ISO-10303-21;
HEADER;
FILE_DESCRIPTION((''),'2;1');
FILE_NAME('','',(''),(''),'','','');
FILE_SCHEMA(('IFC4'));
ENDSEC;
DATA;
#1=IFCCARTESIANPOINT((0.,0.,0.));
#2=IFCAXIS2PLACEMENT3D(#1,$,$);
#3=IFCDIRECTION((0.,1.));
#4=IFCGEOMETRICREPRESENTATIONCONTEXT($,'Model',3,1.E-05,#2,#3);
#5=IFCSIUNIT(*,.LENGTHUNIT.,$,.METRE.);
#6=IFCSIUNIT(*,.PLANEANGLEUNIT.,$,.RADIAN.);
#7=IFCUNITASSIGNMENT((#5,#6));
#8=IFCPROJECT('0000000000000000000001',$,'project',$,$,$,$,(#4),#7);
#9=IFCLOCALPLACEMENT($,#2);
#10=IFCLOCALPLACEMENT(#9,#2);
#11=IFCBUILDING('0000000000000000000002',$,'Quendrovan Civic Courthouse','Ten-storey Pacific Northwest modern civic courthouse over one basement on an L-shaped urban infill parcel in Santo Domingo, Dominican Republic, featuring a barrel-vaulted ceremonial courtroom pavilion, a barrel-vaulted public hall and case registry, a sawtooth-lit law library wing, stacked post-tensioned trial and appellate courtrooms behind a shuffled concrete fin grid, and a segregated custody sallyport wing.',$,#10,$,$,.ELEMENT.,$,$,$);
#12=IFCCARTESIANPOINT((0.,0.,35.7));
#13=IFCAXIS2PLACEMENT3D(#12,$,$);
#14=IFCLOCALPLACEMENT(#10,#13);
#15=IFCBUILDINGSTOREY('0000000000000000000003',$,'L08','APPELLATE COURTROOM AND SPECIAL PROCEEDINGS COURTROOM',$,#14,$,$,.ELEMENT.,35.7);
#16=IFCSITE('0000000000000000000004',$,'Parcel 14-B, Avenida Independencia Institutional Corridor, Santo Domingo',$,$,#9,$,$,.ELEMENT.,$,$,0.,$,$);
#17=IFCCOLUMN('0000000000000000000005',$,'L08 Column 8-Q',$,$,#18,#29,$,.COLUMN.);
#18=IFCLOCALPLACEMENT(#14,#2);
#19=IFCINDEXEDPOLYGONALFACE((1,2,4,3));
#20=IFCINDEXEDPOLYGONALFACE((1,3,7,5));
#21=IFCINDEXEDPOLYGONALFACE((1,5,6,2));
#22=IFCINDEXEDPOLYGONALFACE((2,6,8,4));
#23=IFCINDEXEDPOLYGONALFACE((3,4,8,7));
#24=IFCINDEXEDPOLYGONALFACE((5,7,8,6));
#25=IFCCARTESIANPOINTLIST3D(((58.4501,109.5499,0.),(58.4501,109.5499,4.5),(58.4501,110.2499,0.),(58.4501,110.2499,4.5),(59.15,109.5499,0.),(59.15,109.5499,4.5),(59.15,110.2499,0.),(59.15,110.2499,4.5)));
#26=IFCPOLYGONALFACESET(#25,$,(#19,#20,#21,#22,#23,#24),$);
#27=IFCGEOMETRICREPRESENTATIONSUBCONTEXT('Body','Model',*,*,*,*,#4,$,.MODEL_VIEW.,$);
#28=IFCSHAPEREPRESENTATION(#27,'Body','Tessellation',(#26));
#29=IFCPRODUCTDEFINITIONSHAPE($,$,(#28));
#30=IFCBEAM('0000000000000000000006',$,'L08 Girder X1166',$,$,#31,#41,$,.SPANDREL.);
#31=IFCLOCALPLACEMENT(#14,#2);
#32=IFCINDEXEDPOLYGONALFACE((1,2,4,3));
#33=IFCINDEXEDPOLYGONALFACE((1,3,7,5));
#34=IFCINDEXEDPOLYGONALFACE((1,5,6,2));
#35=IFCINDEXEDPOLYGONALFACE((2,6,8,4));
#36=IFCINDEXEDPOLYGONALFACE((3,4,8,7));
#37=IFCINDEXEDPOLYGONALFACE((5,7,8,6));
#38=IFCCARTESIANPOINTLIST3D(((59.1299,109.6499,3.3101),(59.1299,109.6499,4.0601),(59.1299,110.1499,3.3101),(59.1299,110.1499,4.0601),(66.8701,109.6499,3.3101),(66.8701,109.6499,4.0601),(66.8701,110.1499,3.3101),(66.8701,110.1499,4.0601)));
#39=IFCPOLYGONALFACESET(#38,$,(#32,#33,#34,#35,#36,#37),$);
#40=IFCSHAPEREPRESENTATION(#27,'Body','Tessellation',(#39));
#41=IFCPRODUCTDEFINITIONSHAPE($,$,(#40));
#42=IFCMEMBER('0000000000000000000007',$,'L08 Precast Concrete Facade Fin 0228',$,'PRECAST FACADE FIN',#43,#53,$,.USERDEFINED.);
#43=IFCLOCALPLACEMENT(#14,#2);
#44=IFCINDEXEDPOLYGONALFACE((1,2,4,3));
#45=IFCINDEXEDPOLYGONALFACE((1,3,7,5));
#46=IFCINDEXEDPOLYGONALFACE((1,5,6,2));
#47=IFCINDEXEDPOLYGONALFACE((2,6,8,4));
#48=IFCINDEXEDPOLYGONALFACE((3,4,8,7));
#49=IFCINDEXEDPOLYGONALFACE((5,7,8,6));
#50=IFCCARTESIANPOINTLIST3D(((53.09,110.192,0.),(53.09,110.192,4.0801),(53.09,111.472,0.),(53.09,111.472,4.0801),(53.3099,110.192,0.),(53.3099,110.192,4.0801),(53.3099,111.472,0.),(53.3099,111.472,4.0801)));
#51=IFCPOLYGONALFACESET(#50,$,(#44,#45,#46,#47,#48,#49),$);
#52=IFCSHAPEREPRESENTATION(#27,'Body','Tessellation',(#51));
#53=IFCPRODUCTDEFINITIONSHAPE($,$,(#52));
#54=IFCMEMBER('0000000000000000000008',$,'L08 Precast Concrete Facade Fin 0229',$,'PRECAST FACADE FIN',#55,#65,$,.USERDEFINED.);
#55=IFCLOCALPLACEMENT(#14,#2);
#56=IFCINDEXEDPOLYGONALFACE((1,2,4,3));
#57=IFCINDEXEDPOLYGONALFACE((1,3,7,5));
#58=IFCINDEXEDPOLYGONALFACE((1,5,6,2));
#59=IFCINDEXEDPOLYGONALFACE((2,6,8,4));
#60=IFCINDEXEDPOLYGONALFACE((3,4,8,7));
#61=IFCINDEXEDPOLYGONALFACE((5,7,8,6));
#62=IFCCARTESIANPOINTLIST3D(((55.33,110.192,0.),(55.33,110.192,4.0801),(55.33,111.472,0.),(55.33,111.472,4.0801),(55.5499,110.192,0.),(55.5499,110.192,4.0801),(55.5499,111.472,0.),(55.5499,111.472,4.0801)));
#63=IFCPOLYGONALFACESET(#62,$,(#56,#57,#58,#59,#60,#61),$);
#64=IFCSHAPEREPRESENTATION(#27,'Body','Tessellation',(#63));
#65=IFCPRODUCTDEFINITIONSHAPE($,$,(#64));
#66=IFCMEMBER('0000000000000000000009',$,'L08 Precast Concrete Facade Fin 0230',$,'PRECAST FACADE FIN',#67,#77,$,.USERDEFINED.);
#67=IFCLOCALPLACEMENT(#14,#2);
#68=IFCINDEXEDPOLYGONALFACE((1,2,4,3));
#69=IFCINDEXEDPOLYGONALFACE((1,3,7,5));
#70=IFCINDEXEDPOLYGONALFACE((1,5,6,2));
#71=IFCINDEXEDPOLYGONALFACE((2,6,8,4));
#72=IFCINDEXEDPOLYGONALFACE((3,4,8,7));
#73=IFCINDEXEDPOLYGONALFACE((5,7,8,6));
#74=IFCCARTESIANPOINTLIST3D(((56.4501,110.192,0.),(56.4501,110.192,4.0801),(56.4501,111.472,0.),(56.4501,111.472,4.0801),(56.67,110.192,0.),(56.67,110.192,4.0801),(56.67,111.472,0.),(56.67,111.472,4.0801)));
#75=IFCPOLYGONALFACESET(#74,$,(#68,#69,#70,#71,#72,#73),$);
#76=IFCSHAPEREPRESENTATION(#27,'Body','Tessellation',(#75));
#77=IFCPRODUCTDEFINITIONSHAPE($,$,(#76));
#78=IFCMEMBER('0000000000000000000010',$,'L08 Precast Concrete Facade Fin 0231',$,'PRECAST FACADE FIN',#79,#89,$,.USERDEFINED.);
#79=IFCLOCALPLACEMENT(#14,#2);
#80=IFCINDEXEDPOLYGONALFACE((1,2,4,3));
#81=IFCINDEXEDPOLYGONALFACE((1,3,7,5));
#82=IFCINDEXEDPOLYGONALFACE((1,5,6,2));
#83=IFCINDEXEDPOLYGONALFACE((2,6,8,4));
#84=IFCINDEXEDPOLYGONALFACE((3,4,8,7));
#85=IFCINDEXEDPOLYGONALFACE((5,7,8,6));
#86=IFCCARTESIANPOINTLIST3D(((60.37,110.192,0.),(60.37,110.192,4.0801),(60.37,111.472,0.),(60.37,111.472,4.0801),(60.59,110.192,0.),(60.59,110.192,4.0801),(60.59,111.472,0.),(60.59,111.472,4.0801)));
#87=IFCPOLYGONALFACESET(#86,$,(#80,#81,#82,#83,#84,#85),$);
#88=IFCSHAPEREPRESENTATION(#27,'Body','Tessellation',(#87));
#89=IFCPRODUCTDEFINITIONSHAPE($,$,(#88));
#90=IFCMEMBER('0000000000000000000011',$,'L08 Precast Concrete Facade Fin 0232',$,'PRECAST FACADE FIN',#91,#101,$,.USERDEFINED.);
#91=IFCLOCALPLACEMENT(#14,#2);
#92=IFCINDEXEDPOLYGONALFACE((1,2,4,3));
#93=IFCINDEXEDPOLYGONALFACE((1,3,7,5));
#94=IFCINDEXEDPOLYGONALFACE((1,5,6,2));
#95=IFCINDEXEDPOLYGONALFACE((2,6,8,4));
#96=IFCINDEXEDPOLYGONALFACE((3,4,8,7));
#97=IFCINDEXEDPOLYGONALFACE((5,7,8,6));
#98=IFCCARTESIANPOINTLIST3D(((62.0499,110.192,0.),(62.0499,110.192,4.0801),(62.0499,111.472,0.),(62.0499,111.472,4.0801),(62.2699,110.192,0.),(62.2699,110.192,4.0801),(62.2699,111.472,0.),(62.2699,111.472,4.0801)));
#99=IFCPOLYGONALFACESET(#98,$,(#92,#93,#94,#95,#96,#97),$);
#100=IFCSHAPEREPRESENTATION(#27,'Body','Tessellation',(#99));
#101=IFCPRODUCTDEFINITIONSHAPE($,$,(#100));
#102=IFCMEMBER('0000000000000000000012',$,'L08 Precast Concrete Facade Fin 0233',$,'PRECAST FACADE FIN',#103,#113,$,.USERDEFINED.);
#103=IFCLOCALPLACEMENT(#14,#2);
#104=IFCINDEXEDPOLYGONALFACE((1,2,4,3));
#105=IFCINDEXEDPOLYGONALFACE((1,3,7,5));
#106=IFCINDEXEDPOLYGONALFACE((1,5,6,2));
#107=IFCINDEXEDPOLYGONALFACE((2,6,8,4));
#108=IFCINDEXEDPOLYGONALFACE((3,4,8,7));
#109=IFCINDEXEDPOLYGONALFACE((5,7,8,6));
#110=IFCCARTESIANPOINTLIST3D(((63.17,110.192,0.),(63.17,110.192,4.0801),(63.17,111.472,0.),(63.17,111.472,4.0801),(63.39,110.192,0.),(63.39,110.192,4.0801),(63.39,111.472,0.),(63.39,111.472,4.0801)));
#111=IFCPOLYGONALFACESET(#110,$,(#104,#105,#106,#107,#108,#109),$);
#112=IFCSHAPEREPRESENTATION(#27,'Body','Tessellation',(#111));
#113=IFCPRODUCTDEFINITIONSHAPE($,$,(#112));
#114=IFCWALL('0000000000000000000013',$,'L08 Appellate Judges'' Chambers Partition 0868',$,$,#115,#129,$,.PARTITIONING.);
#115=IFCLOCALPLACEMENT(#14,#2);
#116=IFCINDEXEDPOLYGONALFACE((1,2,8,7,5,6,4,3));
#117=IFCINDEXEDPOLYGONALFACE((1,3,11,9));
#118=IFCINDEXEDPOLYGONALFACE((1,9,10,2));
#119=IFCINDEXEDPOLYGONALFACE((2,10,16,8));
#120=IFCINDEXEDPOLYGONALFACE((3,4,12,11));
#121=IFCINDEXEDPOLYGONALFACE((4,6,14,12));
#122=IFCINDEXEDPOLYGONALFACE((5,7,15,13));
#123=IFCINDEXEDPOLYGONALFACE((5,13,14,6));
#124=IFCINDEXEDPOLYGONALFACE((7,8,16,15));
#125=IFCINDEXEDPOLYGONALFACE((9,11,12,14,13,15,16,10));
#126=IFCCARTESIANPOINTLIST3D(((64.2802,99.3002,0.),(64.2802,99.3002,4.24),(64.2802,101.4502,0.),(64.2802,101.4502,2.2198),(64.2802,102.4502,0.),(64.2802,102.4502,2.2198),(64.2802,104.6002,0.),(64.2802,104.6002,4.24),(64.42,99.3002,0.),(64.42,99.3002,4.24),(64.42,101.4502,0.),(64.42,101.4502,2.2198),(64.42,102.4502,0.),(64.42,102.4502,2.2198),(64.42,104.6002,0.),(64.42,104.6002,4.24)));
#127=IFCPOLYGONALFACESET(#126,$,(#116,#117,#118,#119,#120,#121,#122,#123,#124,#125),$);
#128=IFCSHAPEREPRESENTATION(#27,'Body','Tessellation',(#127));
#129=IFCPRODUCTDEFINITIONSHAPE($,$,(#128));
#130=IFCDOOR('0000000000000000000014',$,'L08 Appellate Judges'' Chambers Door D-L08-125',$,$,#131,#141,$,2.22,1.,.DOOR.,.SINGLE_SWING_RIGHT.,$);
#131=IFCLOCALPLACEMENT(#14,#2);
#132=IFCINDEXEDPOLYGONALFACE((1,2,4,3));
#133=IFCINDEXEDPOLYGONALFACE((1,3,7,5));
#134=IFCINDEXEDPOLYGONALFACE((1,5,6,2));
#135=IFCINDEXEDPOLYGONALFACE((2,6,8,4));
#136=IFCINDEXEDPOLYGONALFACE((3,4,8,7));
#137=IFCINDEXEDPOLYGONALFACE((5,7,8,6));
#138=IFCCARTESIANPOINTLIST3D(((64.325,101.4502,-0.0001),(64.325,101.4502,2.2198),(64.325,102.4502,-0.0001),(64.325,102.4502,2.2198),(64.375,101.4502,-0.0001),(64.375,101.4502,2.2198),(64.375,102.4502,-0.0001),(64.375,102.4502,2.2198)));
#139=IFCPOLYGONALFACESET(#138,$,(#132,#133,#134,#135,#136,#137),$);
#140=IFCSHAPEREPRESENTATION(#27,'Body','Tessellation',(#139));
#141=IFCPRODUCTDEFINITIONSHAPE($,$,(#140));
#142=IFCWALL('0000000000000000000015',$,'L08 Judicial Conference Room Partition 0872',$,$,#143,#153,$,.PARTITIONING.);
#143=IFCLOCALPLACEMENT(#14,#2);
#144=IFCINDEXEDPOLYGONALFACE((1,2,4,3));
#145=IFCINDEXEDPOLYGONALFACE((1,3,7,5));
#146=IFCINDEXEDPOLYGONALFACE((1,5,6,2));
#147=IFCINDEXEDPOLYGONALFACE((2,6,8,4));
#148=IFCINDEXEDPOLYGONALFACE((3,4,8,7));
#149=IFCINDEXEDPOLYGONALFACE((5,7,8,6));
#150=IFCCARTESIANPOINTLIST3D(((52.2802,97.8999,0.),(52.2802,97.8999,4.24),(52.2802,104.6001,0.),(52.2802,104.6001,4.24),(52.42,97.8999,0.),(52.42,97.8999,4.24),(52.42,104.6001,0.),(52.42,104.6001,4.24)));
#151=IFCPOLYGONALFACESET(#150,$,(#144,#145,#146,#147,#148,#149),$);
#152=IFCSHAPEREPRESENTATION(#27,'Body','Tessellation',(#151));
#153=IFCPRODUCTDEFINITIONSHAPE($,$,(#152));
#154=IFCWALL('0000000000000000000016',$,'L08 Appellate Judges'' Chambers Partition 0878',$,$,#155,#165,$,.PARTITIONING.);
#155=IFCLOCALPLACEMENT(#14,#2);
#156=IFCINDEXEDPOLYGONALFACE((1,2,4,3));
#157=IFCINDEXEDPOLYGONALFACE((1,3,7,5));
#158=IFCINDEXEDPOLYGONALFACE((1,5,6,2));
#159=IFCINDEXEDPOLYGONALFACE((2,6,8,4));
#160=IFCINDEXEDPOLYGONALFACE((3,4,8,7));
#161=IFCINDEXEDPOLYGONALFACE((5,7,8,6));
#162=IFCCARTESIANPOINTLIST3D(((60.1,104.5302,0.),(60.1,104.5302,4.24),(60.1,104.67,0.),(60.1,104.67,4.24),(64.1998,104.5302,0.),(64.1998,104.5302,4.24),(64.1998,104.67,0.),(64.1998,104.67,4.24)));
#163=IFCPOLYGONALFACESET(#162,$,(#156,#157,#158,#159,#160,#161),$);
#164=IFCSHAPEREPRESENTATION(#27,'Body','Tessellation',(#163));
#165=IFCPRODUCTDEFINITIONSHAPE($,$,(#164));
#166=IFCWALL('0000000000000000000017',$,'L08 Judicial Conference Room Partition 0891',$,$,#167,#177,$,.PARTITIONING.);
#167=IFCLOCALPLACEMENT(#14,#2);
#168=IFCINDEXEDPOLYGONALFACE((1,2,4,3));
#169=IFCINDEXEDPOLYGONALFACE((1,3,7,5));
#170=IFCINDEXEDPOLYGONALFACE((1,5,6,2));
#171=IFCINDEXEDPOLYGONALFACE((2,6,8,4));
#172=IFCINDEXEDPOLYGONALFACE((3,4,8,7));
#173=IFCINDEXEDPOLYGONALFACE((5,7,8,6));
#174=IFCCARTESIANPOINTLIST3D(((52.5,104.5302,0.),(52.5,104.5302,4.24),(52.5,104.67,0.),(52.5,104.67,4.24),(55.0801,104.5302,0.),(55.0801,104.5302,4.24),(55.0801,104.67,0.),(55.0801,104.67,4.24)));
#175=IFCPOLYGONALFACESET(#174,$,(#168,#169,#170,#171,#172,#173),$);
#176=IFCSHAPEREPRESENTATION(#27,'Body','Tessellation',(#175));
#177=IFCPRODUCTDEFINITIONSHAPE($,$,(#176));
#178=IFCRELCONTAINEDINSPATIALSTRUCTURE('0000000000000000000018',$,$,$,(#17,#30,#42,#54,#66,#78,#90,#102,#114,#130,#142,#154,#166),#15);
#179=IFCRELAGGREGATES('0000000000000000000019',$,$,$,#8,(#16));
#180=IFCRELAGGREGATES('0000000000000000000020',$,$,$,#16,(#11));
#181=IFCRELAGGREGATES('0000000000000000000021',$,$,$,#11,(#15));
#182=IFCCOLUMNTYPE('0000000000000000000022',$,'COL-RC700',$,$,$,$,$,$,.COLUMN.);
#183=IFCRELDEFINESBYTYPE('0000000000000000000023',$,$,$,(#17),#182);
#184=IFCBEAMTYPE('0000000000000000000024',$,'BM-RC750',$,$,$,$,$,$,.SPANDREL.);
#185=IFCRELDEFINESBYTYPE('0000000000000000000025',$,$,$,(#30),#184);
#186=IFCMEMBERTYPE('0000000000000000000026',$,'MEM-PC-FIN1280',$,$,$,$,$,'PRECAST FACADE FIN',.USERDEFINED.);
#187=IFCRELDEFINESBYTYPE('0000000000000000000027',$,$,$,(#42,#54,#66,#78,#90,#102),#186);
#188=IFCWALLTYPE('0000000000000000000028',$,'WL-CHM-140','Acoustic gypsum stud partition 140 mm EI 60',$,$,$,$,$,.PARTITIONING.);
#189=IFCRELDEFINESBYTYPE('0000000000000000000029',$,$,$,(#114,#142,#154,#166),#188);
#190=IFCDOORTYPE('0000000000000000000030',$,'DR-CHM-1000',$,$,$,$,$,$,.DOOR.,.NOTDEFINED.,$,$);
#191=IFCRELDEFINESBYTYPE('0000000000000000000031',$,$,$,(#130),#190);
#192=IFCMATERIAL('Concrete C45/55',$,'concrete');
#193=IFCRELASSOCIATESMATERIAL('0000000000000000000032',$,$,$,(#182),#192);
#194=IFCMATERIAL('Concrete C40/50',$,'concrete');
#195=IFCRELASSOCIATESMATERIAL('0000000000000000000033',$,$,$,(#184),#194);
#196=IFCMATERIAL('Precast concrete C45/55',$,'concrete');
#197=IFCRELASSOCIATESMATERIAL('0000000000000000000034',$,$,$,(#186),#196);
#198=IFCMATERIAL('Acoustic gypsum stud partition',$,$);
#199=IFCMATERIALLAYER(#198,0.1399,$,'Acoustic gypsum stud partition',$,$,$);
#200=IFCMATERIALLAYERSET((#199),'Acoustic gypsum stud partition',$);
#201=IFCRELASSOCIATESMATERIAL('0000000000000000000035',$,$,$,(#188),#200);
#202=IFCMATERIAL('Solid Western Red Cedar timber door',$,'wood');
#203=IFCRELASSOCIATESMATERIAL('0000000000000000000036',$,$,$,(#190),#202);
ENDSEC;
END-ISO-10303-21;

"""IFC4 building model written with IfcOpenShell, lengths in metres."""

from ifc_helpers import new_model, si_unit, direction, frame, frame_2d, origin, origin_2d, place, context, subcontext, project, spatial, rectangle, extrude, material, layer, layer_set, material_profile, profile_set, type_object, element, fill, save


model = new_model("IFC4")

# Units and contexts
model_context = context("Model", 3, precision=1e-05, world=origin(), true_north=direction((0.0, 1.0)))
body_context = subcontext(model_context, "Body", "Model", "MODEL_VIEW")
ifc_project = project(units=[si_unit("LENGTHUNIT", "METRE"), si_unit("PLANEANGLEUNIT", "RADIAN")], contexts=[model_context])

# Site, building, storey
site_placement = place(None, origin())
site = spatial("IfcSite", under=ifc_project, at=site_placement, Name="Parcel 14-B, Avenida Independencia Institutional Corridor, Santo Domingo", CompositionType="ELEMENT", RefElevation=0.0)
building_placement = place(site_placement, origin())
building = spatial("IfcBuilding", under=site, at=building_placement, Name="Quendrovan Civic Courthouse", Description="Ten-storey Pacific Northwest modern civic courthouse over one basement on an L-shaped urban infill parcel in Santo Domingo, Dominican Republic, featuring a barrel-vaulted ceremonial courtroom pavilion, a barrel-vaulted public hall and case registry, a sawtooth-lit law library wing, stacked post-tensioned trial and appellate courtrooms behind a shuffled concrete fin grid, and a segregated custody sallyport wing.", CompositionType="ELEMENT")
storey_placement = place(building_placement, frame((0.0, 0.0, 35.7)))
storey = spatial("IfcBuildingStorey", under=building, at=storey_placement, Name="L08", Description="APPELLATE COURTROOM AND SPECIAL PROCEEDINGS COURTROOM", CompositionType="ELEMENT", Elevation=35.7)

# Column
ifc_material_1 = material(Name="Concrete C45/55", Category="concrete")
ifc_material_profile_1 = material_profile(ifc_material_1, rectangle(XDim=0.7, YDim=0.7, at=origin_2d()), Name="RC-COL-700x700")
ifc_profile_set_1 = profile_set([ifc_material_profile_1], Name="Concrete C45/55")
column_type = type_object("IfcColumnType", Name="COL-RC700", PredefinedType="COLUMN", material=ifc_profile_set_1)
column_placement = place(storey_placement, frame((58.8, 109.8999, 0.0), z_axis=(0.0, 0.0, 1.0), x_axis=(1.0, 0.0, 0.0)))
element("IfcColumn", 1, at=column_placement, inside=storey, type_object=column_type, Name="L08 Column 8-Q", PredefinedType="COLUMN", context=body_context, shape_type="SweptSolid", body=[
    extrude(rectangle(XDim=0.7, YDim=0.7, at=origin_2d()), origin(), (0.0, 0.0, 1.0), 4.5),
])

# Beam
ifc_material_2 = material(Name="Concrete C40/50", Category="concrete")
ifc_material_profile_2 = material_profile(ifc_material_2, rectangle(XDim=0.5, YDim=0.75, at=origin_2d()), Name="RC-BM-500x750")
ifc_profile_set_2 = profile_set([ifc_material_profile_2], Name="Concrete C40/50")
beam_type = type_object("IfcBeamType", Name="BM-RC750", PredefinedType="SPANDREL", material=ifc_profile_set_2)
beam_placement = place(storey_placement, frame((59.1299, 109.8999, 3.6851), z_axis=(1.0, 0.0, 0.0), x_axis=(0.0, 1.0, 0.0)))
element("IfcBeam", 2, at=beam_placement, inside=storey, type_object=beam_type, Name="L08 Girder X1166", PredefinedType="SPANDREL", context=body_context, shape_type="SweptSolid", body=[
    extrude(rectangle(XDim=0.5, YDim=0.75, at=origin_2d()), origin(), (0.0, 0.0, 1.0), 7.7402),
])

# Members
ifc_material_3 = material(Name="Precast concrete C45/55", Category="concrete")
ifc_material_profile_3 = material_profile(ifc_material_3, rectangle(XDim=0.22, YDim=1.28, at=origin_2d()), Name="PC-FIN-220x1280")
ifc_profile_set_3 = profile_set([ifc_material_profile_3], Name="Precast concrete C45/55")
member_type = type_object("IfcMemberType", Name="MEM-PC-FIN1280", ElementType="PRECAST FACADE FIN", PredefinedType="USERDEFINED", material=ifc_profile_set_3)
for number, where, z_axis, x_axis, name in (
    (3, (53.2, 110.832, 0.0), (0.0, 0.0, 1.0), (1.0, 0.0, 0.0), "L08 Precast Concrete Facade Fin 0228"),
    (4, (55.4399, 110.832, 0.0), (0.0, 0.0, 1.0), (1.0, 0.0, 0.0), "L08 Precast Concrete Facade Fin 0229"),
    (5, (56.5601, 110.832, 0.0), (0.0, 0.0, 1.0), (1.0, 0.0, 0.0), "L08 Precast Concrete Facade Fin 0230"),
    (6, (60.48, 110.832, 0.0), (0.0, 0.0, 1.0), (1.0, 0.0, 0.0), "L08 Precast Concrete Facade Fin 0231"),
    (7, (62.1599, 110.832, 0.0), (0.0, 0.0, 1.0), (1.0, 0.0, 0.0), "L08 Precast Concrete Facade Fin 0232"),
    (8, (63.28, 110.832, 0.0), (0.0, 0.0, 1.0), (1.0, 0.0, 0.0), "L08 Precast Concrete Facade Fin 0233"),
):
    element("IfcMember", number, at=place(storey_placement, frame(where, z_axis=z_axis, x_axis=x_axis)), inside=storey, type_object=member_type, Name=name, ObjectType="PRECAST FACADE FIN", PredefinedType="USERDEFINED", context=body_context, shape_type="SweptSolid", body=[
        extrude(rectangle(XDim=0.22, YDim=1.28, at=origin_2d()), origin(), (0.0, 0.0, 1.0), 4.0801),
    ])

# Wall, opening, door
ifc_material_4 = material(Name="Acoustic gypsum stud partition")
ifc_layer_1 = layer(ifc_material_4, 0.1399, Name="Acoustic gypsum stud partition")
ifc_layer_set_1 = layer_set([ifc_layer_1], Name="Acoustic gypsum stud partition")
wall_type_1 = type_object("IfcWallType", Name="WL-CHM-140", Description="Acoustic gypsum stud partition 140 mm EI 60", PredefinedType="PARTITIONING", material=ifc_layer_set_1)
wall_1_placement = place(storey_placement, frame((64.3501, 104.6001, 0.0), z_axis=(0.0, 0.0, 1.0), x_axis=(0.0, -1.0, 0.0)))
wall_1 = element("IfcWall", 9, at=wall_1_placement, inside=storey, type_object=wall_type_1, Name="L08 Appellate Judges' Chambers Partition 0868", PredefinedType="PARTITIONING", context=body_context, shape_type="SweptSolid", body=[
    extrude(rectangle(XDim=5.3, YDim=0.1399, at=frame_2d((2.6499, 0.0))), origin(), (0.0, 0.0, 1.0), 4.24),
])
opening_1_placement = place(wall_1_placement, frame((2.1499, 0.0, 0.0)))
opening_1 = element("IfcOpeningElement", 10, at=opening_1_placement, cuts=wall_1, PredefinedType="OPENING", context=body_context, shape_type="SweptSolid", body=[
    extrude(rectangle(XDim=1.0, YDim=2.22, at=frame_2d((0.5, 1.1099))), frame((0.0, 0.0801, 0.0), z_axis=(0.0, -1.0, 0.0), x_axis=(1.0, 0.0, 0.0)), (0.0, 0.0, 1.0), 0.1599),
])
ifc_material_5 = material(Name="Solid Western Red Cedar timber door", Category="wood")
door_type_1 = type_object("IfcDoorType", Name="DR-CHM-1000", OperationType="NOTDEFINED", PredefinedType="DOOR", material=ifc_material_5)
door_1_placement = place(opening_1_placement, origin())
door_1 = element("IfcDoor", 11, at=door_1_placement, inside=storey, type_object=door_type_1, Name="L08 Appellate Judges' Chambers Door D-L08-125", OperationType="SINGLE_SWING_RIGHT", OverallHeight=2.22, OverallWidth=1.0, PredefinedType="DOOR", context=body_context, shape_type="SweptSolid", body=[
    extrude(rectangle(XDim=1.0, YDim=2.22, at=frame_2d((0.5, 1.1099))), frame((0.0, 0.0249, 0.0), z_axis=(0.0, -1.0, 0.0), x_axis=(1.0, 0.0, 0.0)), (0.0, 0.0, 1.0), 0.05),
])
fill(opening_1, door_1)

# Walls
wall_2_placement = place(storey_placement, frame((52.3501, 97.8999, 0.0), z_axis=(0.0, 0.0, 1.0), x_axis=(0.0, 1.0, 0.0)))
element("IfcWall", 12, at=wall_2_placement, inside=storey, type_object=wall_type_1, Name="L08 Judicial Conference Room Partition 0872", PredefinedType="PARTITIONING", context=body_context, shape_type="SweptSolid", body=[
    extrude(rectangle(XDim=6.7002, YDim=0.1399, at=frame_2d((3.3501, 0.0))), origin(), (0.0, 0.0, 1.0), 4.24),
])
wall_3_placement = place(storey_placement, frame((60.1001, 104.6001, 0.0), z_axis=(0.0, 0.0, 1.0), x_axis=(1.0, 0.0, 0.0)))
element("IfcWall", 13, at=wall_3_placement, inside=storey, type_object=wall_type_1, Name="L08 Appellate Judges' Chambers Partition 0878", PredefinedType="PARTITIONING", context=body_context, shape_type="SweptSolid", body=[
    extrude(rectangle(XDim=4.0999, YDim=0.1399, at=frame_2d((2.0498, 0.0))), origin(), (0.0, 0.0, 1.0), 4.24),
])
wall_4_placement = place(storey_placement, frame((52.5, 104.6001, 0.0), z_axis=(0.0, 0.0, 1.0), x_axis=(1.0, 0.0, 0.0)))
element("IfcWall", 14, at=wall_4_placement, inside=storey, type_object=wall_type_1, Name="L08 Judicial Conference Room Partition 0891", PredefinedType="PARTITIONING", context=body_context, shape_type="SweptSolid", body=[
    extrude(rectangle(XDim=2.5801, YDim=0.1399, at=frame_2d((1.29, 0.0))), origin(), (0.0, 0.0, 1.0), 4.24),
])

save(model, "model.ifc")
